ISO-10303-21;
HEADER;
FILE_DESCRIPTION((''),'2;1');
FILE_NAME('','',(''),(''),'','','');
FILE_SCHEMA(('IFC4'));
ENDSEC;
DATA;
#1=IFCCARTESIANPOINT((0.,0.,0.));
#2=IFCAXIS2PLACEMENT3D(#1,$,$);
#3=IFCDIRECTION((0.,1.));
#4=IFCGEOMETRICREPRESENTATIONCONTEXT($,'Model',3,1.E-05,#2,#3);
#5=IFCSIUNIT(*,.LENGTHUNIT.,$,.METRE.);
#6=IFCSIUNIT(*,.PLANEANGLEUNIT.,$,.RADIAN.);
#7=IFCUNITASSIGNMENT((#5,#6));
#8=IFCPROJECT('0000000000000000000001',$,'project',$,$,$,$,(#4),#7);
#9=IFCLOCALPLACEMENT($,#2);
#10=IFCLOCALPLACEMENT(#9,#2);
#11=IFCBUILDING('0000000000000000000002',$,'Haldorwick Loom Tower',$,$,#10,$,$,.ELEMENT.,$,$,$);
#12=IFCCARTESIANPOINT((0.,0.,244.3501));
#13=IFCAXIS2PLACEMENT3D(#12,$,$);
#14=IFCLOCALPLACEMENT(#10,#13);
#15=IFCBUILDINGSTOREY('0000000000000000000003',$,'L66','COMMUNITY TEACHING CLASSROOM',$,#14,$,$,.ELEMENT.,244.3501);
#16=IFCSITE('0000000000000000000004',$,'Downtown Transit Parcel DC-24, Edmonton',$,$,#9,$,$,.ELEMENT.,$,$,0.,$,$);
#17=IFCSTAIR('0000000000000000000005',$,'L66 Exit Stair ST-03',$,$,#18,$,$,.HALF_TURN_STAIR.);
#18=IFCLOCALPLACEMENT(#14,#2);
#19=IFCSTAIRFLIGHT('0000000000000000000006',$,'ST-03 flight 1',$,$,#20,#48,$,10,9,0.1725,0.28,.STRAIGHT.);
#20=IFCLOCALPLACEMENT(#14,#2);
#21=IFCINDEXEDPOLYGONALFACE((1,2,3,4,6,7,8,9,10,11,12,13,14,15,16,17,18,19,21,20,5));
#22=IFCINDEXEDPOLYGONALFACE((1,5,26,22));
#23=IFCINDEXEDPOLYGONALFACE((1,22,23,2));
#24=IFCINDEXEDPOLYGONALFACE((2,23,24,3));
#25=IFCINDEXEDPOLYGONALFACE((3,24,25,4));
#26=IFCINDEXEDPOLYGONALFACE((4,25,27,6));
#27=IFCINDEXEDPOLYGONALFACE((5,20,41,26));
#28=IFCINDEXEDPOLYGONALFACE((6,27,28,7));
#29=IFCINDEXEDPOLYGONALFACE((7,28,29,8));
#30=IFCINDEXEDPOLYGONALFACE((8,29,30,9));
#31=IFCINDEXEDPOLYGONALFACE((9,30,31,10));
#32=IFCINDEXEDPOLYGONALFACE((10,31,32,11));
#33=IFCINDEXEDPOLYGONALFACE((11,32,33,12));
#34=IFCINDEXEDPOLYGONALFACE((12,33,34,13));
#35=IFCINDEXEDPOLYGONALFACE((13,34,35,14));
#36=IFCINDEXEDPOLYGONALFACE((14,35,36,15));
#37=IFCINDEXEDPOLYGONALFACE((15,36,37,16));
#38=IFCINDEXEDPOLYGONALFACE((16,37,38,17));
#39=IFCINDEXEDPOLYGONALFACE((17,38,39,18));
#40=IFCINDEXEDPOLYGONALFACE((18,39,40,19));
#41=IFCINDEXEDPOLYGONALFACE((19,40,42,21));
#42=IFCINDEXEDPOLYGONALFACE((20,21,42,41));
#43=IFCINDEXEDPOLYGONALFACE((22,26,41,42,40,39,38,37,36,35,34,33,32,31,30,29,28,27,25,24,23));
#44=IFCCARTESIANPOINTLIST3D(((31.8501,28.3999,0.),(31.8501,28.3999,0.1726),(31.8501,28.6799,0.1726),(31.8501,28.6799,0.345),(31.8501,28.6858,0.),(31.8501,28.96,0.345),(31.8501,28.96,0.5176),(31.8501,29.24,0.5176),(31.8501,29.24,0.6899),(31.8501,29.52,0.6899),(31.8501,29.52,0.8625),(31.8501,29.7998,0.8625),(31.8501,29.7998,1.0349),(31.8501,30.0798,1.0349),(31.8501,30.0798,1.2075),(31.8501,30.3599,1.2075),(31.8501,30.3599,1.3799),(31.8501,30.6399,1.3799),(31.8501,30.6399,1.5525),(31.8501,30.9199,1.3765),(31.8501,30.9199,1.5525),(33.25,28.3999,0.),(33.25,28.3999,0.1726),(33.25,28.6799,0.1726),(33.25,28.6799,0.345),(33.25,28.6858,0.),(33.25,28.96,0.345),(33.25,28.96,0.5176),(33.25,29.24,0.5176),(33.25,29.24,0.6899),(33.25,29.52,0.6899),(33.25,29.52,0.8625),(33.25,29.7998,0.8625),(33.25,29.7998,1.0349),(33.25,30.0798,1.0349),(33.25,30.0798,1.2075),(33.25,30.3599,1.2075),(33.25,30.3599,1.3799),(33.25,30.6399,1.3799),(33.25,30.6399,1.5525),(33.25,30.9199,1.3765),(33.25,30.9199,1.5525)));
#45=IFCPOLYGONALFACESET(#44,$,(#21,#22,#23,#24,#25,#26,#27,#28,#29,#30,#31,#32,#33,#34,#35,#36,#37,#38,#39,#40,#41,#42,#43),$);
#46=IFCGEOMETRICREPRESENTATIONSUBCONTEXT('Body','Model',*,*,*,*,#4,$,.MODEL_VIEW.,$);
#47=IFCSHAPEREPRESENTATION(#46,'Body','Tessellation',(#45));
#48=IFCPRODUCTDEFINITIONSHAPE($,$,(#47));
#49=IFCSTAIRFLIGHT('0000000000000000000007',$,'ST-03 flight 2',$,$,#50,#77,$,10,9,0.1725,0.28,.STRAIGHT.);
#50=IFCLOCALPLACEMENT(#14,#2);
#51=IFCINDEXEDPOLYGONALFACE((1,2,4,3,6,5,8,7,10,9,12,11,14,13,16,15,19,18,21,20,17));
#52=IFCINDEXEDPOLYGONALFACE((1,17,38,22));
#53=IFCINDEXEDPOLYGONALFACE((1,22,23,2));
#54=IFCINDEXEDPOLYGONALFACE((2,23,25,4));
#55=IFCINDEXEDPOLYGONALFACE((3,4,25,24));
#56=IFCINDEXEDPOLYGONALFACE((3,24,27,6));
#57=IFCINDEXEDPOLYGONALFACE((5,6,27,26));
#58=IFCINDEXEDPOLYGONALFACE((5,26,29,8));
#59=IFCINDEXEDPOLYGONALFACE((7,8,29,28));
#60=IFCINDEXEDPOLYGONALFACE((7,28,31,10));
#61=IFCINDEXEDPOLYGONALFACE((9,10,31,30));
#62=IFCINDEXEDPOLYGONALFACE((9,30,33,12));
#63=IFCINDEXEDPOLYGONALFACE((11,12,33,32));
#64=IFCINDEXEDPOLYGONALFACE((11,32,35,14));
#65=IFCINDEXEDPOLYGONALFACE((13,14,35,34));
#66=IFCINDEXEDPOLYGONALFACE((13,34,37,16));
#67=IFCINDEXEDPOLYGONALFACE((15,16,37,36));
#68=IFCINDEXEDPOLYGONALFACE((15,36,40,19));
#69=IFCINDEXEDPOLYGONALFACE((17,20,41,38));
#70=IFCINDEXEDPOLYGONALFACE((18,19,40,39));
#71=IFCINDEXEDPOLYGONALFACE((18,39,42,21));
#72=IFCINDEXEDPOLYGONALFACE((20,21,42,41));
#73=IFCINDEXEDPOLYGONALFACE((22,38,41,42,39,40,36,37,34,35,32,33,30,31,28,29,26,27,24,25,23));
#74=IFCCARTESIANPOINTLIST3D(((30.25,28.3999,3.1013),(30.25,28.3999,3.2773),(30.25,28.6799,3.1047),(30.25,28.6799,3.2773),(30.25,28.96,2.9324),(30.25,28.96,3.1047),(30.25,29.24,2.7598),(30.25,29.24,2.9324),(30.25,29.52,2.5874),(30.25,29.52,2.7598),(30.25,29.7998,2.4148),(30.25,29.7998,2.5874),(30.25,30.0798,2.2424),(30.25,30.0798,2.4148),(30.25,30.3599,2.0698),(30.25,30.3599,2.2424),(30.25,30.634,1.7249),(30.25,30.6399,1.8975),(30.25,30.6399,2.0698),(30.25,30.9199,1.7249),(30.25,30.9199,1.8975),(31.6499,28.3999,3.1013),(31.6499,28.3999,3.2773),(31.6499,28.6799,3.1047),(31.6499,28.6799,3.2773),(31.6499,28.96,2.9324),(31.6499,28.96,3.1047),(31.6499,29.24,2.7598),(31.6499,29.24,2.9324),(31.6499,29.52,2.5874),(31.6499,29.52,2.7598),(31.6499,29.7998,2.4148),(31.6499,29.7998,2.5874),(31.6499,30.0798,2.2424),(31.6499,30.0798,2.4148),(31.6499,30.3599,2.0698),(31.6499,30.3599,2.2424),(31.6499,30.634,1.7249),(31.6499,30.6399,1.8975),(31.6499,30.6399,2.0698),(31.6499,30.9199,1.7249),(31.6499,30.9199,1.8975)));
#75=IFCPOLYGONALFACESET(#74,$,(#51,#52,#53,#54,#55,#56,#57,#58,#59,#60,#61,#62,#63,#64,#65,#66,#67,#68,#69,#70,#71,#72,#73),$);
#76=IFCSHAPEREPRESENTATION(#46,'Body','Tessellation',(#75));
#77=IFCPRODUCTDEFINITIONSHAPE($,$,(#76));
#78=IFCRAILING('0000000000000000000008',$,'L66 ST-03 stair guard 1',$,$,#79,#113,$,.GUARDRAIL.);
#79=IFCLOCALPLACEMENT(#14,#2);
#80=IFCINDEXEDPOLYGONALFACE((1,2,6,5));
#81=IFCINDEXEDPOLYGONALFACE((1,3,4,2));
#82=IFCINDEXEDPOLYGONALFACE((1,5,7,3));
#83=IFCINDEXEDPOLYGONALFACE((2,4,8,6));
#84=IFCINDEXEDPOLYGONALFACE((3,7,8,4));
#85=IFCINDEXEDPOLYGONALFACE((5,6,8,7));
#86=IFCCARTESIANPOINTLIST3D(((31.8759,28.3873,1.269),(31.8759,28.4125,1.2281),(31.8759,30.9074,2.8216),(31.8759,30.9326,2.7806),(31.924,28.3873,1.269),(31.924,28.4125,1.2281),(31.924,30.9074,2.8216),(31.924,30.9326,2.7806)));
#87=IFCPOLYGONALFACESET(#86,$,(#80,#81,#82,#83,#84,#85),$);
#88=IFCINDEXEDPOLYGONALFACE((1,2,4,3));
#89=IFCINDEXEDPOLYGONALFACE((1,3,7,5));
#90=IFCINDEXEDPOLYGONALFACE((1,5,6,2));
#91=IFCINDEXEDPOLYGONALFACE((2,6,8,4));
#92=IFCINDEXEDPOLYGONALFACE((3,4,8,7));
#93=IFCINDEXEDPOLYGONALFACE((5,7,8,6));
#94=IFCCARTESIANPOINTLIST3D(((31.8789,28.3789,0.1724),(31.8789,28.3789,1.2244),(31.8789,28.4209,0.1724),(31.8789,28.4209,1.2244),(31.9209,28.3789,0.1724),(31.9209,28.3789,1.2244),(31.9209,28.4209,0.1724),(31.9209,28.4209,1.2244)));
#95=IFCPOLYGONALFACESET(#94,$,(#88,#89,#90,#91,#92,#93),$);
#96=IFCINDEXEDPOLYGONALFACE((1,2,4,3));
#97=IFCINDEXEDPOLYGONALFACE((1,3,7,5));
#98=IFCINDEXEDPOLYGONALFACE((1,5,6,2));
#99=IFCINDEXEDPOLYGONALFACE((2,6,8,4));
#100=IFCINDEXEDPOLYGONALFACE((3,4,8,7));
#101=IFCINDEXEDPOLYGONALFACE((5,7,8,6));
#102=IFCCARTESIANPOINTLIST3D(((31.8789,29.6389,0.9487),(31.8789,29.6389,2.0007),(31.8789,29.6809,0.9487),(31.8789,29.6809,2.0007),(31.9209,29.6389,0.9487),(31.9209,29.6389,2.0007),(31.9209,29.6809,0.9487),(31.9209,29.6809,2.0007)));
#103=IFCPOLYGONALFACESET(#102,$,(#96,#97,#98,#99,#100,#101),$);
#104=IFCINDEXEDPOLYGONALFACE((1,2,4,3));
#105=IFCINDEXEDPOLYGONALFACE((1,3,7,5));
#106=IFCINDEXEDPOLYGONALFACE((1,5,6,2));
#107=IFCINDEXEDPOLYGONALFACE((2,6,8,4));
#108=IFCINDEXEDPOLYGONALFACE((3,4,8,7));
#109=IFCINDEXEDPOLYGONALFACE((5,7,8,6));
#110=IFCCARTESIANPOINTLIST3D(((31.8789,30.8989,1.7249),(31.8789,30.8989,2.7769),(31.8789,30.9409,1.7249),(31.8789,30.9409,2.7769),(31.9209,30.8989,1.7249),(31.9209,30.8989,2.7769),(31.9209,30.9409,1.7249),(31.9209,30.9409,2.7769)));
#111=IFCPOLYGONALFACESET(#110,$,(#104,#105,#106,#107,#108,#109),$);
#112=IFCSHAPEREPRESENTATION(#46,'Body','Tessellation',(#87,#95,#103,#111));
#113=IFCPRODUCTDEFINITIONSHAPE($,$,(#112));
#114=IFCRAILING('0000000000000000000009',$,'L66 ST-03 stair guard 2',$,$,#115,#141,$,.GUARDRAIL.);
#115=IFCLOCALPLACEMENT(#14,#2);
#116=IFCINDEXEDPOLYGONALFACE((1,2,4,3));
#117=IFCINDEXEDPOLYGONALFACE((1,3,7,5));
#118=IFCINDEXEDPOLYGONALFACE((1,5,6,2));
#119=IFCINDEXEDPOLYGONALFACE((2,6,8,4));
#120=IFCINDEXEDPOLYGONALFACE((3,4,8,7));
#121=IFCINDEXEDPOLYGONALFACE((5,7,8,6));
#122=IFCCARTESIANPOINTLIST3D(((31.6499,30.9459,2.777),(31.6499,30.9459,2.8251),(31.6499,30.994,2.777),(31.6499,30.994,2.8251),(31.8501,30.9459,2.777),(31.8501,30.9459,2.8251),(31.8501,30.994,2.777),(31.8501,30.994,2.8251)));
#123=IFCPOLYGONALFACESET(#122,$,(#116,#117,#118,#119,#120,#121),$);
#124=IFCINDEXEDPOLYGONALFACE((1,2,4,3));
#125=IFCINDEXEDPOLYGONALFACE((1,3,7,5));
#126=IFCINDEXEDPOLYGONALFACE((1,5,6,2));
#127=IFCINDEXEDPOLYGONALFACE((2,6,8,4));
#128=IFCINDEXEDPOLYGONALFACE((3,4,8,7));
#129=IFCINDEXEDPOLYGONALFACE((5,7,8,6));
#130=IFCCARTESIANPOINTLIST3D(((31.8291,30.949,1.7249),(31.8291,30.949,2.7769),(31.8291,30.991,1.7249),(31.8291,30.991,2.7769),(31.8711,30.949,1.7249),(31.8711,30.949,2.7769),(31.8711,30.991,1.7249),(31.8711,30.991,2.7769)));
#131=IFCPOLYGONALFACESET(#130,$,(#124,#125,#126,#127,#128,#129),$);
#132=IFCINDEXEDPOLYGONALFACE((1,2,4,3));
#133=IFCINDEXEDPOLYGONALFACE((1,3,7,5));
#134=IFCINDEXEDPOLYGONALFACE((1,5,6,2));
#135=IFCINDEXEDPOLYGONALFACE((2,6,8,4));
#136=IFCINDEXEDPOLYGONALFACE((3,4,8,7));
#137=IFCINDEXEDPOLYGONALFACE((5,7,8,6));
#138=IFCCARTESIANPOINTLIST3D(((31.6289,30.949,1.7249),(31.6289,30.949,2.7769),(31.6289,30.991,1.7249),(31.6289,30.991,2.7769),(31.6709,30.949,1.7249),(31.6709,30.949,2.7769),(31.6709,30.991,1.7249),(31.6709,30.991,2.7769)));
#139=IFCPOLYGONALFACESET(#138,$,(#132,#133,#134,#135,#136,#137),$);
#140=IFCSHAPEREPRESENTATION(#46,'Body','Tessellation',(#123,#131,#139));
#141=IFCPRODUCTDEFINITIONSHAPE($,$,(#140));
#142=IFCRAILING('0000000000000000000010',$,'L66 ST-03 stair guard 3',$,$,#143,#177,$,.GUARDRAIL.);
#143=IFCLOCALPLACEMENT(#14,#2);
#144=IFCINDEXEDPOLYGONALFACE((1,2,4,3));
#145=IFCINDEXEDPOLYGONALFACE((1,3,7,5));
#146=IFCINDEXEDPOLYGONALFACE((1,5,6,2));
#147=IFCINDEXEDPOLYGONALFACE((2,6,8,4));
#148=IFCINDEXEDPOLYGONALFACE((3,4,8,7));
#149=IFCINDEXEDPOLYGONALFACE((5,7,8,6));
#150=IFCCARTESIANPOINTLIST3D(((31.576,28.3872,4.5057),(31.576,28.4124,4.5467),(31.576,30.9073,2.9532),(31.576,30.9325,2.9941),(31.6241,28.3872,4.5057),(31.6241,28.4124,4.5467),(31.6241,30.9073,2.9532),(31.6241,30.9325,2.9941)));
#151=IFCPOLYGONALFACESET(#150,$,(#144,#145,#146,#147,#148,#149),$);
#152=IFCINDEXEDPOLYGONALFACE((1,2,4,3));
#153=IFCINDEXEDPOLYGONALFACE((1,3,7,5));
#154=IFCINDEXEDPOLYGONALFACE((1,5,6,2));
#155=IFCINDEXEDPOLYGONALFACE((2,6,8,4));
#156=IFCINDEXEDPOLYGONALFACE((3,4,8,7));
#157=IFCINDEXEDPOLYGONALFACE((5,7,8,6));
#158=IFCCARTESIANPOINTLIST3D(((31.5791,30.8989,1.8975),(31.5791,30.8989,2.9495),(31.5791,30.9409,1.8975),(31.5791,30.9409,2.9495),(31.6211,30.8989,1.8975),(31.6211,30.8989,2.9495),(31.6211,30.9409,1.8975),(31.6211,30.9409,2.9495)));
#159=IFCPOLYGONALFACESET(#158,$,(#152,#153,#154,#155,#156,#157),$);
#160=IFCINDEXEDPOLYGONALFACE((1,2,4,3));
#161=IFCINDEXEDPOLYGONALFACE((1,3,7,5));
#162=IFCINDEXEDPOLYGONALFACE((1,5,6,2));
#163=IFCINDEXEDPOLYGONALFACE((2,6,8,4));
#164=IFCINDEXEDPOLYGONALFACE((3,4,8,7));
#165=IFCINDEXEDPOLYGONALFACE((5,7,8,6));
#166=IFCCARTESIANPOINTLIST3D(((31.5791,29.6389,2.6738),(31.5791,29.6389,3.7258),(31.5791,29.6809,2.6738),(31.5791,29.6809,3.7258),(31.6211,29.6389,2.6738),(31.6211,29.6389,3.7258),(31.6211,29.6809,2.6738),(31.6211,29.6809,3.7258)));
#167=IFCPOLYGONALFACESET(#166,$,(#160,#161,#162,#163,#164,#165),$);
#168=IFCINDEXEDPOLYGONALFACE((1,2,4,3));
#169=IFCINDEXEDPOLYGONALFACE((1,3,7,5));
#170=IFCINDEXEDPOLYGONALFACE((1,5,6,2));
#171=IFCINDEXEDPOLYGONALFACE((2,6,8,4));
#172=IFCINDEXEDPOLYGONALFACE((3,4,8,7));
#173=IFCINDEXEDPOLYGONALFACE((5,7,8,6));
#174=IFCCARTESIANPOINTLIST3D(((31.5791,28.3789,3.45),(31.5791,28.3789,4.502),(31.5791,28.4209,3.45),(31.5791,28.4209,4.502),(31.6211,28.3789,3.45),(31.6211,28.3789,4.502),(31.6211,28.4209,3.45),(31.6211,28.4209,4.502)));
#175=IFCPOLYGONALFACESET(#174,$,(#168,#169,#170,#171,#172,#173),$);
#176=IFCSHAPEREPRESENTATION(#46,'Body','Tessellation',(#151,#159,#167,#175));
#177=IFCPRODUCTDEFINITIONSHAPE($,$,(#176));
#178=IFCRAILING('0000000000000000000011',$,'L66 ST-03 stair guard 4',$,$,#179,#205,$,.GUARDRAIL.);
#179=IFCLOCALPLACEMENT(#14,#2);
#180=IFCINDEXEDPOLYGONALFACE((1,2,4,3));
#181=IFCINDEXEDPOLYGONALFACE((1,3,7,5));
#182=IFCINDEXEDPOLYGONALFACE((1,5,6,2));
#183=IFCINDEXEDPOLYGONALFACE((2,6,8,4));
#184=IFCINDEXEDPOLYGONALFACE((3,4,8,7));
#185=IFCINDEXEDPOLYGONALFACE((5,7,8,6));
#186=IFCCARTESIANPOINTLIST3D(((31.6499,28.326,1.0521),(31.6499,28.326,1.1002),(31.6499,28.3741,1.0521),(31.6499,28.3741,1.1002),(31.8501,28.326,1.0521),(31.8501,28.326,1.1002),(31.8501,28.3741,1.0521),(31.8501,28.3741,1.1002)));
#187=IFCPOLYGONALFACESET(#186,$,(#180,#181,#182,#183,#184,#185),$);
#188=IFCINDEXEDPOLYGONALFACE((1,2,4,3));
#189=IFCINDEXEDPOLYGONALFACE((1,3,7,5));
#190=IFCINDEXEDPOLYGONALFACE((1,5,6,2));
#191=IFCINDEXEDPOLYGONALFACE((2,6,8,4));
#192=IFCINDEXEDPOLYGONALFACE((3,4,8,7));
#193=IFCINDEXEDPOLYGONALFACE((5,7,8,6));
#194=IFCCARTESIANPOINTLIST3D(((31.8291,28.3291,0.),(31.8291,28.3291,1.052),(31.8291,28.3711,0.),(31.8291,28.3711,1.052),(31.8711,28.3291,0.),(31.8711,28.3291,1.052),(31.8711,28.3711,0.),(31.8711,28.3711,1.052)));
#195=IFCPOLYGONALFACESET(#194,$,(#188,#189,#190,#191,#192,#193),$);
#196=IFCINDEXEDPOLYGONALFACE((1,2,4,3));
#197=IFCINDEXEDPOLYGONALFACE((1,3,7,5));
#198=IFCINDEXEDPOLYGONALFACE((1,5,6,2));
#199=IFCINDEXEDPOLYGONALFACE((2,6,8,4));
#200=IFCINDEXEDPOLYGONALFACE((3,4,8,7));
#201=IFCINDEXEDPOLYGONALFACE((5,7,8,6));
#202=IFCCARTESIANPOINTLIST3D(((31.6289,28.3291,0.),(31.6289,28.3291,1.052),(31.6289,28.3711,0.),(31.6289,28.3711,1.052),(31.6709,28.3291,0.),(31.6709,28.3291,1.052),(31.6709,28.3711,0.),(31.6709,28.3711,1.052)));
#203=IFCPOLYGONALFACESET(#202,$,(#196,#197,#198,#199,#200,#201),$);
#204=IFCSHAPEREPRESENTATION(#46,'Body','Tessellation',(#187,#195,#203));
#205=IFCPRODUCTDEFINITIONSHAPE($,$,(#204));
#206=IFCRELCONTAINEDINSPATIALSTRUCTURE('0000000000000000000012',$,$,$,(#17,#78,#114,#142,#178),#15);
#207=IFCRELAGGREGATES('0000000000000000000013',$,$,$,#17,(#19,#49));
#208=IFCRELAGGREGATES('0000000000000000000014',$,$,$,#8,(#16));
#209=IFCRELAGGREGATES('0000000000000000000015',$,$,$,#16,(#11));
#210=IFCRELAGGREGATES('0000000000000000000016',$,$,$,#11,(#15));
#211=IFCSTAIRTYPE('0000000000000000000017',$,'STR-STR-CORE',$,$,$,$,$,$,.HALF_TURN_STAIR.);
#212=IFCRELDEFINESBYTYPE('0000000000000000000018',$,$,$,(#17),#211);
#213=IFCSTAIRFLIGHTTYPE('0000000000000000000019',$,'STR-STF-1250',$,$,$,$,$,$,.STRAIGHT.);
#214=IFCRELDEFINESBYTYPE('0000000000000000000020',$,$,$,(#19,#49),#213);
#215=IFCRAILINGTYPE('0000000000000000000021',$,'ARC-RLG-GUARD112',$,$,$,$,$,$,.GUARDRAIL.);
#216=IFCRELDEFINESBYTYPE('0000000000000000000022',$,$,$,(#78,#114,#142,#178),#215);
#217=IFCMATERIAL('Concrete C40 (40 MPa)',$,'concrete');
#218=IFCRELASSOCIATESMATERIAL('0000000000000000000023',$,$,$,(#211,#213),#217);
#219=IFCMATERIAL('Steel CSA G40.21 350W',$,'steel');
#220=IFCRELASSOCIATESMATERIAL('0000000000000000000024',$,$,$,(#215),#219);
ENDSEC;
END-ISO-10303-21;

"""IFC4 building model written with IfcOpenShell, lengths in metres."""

from ifc_helpers import new_model, si_unit, direction, frame, origin, origin_2d, place, context, subcontext, project, spatial, polyline, rectangle, outline, extrude, material, type_object, element, aggregate, save


model = new_model("IFC4")

# Units and contexts
model_context = context("Model", 3, precision=1e-05, world=origin(), true_north=direction((0.0, 1.0)))
body_context = subcontext(model_context, "Body", "Model", "MODEL_VIEW")
ifc_project = project(units=[si_unit("LENGTHUNIT", "METRE"), si_unit("PLANEANGLEUNIT", "RADIAN")], contexts=[model_context])

# Site, building, storey
site_placement = place(None, origin())
site = spatial("IfcSite", under=ifc_project, at=site_placement, Name="Downtown Transit Parcel DC-24, Edmonton", CompositionType="ELEMENT", RefElevation=0.0)
building_placement = place(site_placement, origin())
building = spatial("IfcBuilding", under=site, at=building_placement, Name="Haldorwick Loom Tower", CompositionType="ELEMENT")
storey_placement = place(building_placement, frame((0.0, 0.0, 244.3501)))
storey = spatial("IfcBuildingStorey", under=building, at=storey_placement, Name="L66", Description="COMMUNITY TEACHING CLASSROOM", CompositionType="ELEMENT", Elevation=244.3501)

# Shared definitions
ifc_material_1 = material(Name="Steel CSA G40.21 350W", Category="steel")

# Stair, stair flights
ifc_material_2 = material(Name="Concrete C40 (40 MPa)", Category="concrete")
stair_type = type_object("IfcStairType", Name="STR-STR-CORE", PredefinedType="HALF_TURN_STAIR", material=ifc_material_2)
stair_placement = place(storey_placement, origin())
stair = element("IfcStair", 1, at=stair_placement, inside=storey, type_object=stair_type, Name="L66 Exit Stair ST-03", PredefinedType="HALF_TURN_STAIR")
stair_flight_type = type_object("IfcStairFlightType", Name="STR-STF-1250", PredefinedType="STRAIGHT", material=ifc_material_2)
stair_flight_1_placement = place(storey_placement, frame((32.55, 28.3999, 0.0), z_axis=(0.0, 0.0, 1.0), x_axis=(0.0, 1.0, 0.0)))
stair_flight_1 = element("IfcStairFlight", 2, at=stair_flight_1_placement, type_object=stair_flight_type, Name="ST-03 flight 1", NumberOfRisers=10, NumberOfTreads=9, PredefinedType="STRAIGHT", RiserHeight=0.1725, TreadLength=0.28, context=body_context, shape_type="SweptSolid", body=[
    extrude(outline(polyline([(0.0, 0.0), (0.0, 0.1726), (0.28, 0.1726), (0.28, 0.345), (0.5601, 0.345), (0.5601, 0.5176), (0.8401, 0.5176), (0.8401, 0.6899), (1.1201, 0.6899), (1.1201, 0.8625), (1.3999, 0.8625), (1.3999, 1.0349), (1.6799, 1.0349), (1.6799, 1.2075), (1.96, 1.2075), (1.96, 1.3799), (2.24, 1.3799), (2.24, 1.5525), (2.52, 1.5525), (2.52, 1.7251), (2.52, 1.3765), (0.2859, 0.0), (0.0, 0.0)])), frame((0.0, 0.7, 0.0), z_axis=(0.0, -1.0, 0.0), x_axis=(1.0, 0.0, 0.0)), (0.0, 0.0, 1.0), 1.3999),
])
stair_flight_2_placement = place(storey_placement, frame((30.95, 30.9199, 1.7249), z_axis=(0.0, 0.0, 1.0), x_axis=(0.0, -1.0, 0.0)))
stair_flight_2 = element("IfcStairFlight", 3, at=stair_flight_2_placement, type_object=stair_flight_type, Name="ST-03 flight 2", NumberOfRisers=10, NumberOfTreads=9, PredefinedType="STRAIGHT", RiserHeight=0.1725, TreadLength=0.28, context=body_context, shape_type="SweptSolid", body=[
    extrude(outline(polyline([(0.0, 0.0), (0.0, 0.1726), (0.28, 0.1726), (0.28, 0.345), (0.5601, 0.345), (0.5601, 0.5176), (0.8401, 0.5176), (0.8401, 0.6899), (1.1201, 0.6899), (1.1201, 0.8625), (1.3999, 0.8625), (1.3999, 1.0349), (1.6799, 1.0349), (1.6799, 1.2075), (1.96, 1.2075), (1.96, 1.3799), (2.24, 1.3799), (2.24, 1.5525), (2.52, 1.5525), (2.52, 1.7251), (2.52, 1.3765), (0.2859, 0.0), (0.0, 0.0)])), frame((0.0, 0.7, 0.0), z_axis=(0.0, -1.0, 0.0), x_axis=(1.0, 0.0, 0.0)), (0.0, 0.0, 1.0), 1.3999),
])
aggregate(stair, [stair_flight_1, stair_flight_2])

# Railings
railing_type_1 = type_object("IfcRailingType", Name="ARC-RLG-GUARD112", PredefinedType="GUARDRAIL", material=ifc_material_1)
railing_1_placement = place(storey_placement, frame((31.8999, 28.3999, 0.1724)))
element("IfcRailing", 4, at=railing_1_placement, inside=storey, type_object=railing_type_1, Name="L66 ST-03 stair guard 1", PredefinedType="GUARDRAIL", context=body_context, shape_type="SweptSolid", body=[
    extrude(rectangle(XDim=0.0481, YDim=0.0481, at=origin_2d()), frame((0.0, 0.0, 1.0762), z_axis=(0.0, 0.8514, 0.524516), x_axis=(-1.0, 0.0, 0.0)), (0.0, 0.0, 1.0), 2.96),
    extrude(rectangle(XDim=0.042, YDim=0.042, at=origin_2d()), origin(), (0.0, 0.0, 1.0), 1.052),
    extrude(rectangle(XDim=0.042, YDim=0.042, at=origin_2d()), frame((0.0, 1.26, 0.7764)), (0.0, 0.0, 1.0), 1.052),
    extrude(rectangle(XDim=0.042, YDim=0.042, at=origin_2d()), frame((0.0, 2.52, 1.5525)), (0.0, 0.0, 1.0), 1.052),
])
railing_2_placement = place(storey_placement, frame((31.8501, 30.97, 1.7249)))
element("IfcRailing", 5, at=railing_2_placement, inside=storey, type_object=railing_type_1, Name="L66 ST-03 stair guard 2", PredefinedType="GUARDRAIL", context=body_context, shape_type="SweptSolid", body=[
    extrude(rectangle(XDim=0.0481, YDim=0.0481, at=origin_2d()), frame((0.0, 0.0, 1.0762), z_axis=(-1.0, 0.0, 0.0), x_axis=(0.0, -1.0, 0.0)), (0.0, 0.0, 1.0), 0.2002),
    extrude(rectangle(XDim=0.042, YDim=0.042, at=origin_2d()), origin(), (0.0, 0.0, 1.0), 1.052),
    extrude(rectangle(XDim=0.042, YDim=0.042, at=origin_2d()), frame((-0.2002, 0.0, 0.0)), (0.0, 0.0, 1.0), 1.052),
])
railing_3_placement = place(storey_placement, frame((31.6001, 30.9199, 1.8975)))
element("IfcRailing", 6, at=railing_3_placement, inside=storey, type_object=railing_type_1, Name="L66 ST-03 stair guard 3", PredefinedType="GUARDRAIL", context=body_context, shape_type="SweptSolid", body=[
    extrude(rectangle(XDim=0.0481, YDim=0.0481, at=origin_2d()), frame((0.0, 0.0, 1.0762), z_axis=(0.0, -0.8514, 0.524516), x_axis=(1.0, 0.0, 0.0)), (0.0, 0.0, 1.0), 2.96),
    extrude(rectangle(XDim=0.042, YDim=0.042, at=origin_2d()), origin(), (0.0, 0.0, 1.0), 1.052),
    extrude(rectangle(XDim=0.042, YDim=0.042, at=origin_2d()), frame((0.0, -1.26, 0.7764)), (0.0, 0.0, 1.0), 1.052),
    extrude(rectangle(XDim=0.042, YDim=0.042, at=origin_2d()), frame((0.0, -2.52, 1.5525)), (0.0, 0.0, 1.0), 1.052),
])
railing_4_placement = place(storey_placement, frame((31.8501, 28.3501, 0.0)))
element("IfcRailing", 7, at=railing_4_placement, inside=storey, type_object=railing_type_1, Name="L66 ST-03 stair guard 4", PredefinedType="GUARDRAIL", context=body_context, shape_type="SweptSolid", body=[
    extrude(rectangle(XDim=0.0481, YDim=0.0481, at=origin_2d()), frame((0.0, 0.0, 1.0762), z_axis=(-1.0, 0.0, 0.0), x_axis=(0.0, -1.0, 0.0)), (0.0, 0.0, 1.0), 0.2002),
    extrude(rectangle(XDim=0.042, YDim=0.042, at=origin_2d()), origin(), (0.0, 0.0, 1.0), 1.052),
    extrude(rectangle(XDim=0.042, YDim=0.042, at=origin_2d()), frame((-0.2002, 0.0, 0.0)), (0.0, 0.0, 1.0), 1.052),
])

save(model, "model.ifc")
